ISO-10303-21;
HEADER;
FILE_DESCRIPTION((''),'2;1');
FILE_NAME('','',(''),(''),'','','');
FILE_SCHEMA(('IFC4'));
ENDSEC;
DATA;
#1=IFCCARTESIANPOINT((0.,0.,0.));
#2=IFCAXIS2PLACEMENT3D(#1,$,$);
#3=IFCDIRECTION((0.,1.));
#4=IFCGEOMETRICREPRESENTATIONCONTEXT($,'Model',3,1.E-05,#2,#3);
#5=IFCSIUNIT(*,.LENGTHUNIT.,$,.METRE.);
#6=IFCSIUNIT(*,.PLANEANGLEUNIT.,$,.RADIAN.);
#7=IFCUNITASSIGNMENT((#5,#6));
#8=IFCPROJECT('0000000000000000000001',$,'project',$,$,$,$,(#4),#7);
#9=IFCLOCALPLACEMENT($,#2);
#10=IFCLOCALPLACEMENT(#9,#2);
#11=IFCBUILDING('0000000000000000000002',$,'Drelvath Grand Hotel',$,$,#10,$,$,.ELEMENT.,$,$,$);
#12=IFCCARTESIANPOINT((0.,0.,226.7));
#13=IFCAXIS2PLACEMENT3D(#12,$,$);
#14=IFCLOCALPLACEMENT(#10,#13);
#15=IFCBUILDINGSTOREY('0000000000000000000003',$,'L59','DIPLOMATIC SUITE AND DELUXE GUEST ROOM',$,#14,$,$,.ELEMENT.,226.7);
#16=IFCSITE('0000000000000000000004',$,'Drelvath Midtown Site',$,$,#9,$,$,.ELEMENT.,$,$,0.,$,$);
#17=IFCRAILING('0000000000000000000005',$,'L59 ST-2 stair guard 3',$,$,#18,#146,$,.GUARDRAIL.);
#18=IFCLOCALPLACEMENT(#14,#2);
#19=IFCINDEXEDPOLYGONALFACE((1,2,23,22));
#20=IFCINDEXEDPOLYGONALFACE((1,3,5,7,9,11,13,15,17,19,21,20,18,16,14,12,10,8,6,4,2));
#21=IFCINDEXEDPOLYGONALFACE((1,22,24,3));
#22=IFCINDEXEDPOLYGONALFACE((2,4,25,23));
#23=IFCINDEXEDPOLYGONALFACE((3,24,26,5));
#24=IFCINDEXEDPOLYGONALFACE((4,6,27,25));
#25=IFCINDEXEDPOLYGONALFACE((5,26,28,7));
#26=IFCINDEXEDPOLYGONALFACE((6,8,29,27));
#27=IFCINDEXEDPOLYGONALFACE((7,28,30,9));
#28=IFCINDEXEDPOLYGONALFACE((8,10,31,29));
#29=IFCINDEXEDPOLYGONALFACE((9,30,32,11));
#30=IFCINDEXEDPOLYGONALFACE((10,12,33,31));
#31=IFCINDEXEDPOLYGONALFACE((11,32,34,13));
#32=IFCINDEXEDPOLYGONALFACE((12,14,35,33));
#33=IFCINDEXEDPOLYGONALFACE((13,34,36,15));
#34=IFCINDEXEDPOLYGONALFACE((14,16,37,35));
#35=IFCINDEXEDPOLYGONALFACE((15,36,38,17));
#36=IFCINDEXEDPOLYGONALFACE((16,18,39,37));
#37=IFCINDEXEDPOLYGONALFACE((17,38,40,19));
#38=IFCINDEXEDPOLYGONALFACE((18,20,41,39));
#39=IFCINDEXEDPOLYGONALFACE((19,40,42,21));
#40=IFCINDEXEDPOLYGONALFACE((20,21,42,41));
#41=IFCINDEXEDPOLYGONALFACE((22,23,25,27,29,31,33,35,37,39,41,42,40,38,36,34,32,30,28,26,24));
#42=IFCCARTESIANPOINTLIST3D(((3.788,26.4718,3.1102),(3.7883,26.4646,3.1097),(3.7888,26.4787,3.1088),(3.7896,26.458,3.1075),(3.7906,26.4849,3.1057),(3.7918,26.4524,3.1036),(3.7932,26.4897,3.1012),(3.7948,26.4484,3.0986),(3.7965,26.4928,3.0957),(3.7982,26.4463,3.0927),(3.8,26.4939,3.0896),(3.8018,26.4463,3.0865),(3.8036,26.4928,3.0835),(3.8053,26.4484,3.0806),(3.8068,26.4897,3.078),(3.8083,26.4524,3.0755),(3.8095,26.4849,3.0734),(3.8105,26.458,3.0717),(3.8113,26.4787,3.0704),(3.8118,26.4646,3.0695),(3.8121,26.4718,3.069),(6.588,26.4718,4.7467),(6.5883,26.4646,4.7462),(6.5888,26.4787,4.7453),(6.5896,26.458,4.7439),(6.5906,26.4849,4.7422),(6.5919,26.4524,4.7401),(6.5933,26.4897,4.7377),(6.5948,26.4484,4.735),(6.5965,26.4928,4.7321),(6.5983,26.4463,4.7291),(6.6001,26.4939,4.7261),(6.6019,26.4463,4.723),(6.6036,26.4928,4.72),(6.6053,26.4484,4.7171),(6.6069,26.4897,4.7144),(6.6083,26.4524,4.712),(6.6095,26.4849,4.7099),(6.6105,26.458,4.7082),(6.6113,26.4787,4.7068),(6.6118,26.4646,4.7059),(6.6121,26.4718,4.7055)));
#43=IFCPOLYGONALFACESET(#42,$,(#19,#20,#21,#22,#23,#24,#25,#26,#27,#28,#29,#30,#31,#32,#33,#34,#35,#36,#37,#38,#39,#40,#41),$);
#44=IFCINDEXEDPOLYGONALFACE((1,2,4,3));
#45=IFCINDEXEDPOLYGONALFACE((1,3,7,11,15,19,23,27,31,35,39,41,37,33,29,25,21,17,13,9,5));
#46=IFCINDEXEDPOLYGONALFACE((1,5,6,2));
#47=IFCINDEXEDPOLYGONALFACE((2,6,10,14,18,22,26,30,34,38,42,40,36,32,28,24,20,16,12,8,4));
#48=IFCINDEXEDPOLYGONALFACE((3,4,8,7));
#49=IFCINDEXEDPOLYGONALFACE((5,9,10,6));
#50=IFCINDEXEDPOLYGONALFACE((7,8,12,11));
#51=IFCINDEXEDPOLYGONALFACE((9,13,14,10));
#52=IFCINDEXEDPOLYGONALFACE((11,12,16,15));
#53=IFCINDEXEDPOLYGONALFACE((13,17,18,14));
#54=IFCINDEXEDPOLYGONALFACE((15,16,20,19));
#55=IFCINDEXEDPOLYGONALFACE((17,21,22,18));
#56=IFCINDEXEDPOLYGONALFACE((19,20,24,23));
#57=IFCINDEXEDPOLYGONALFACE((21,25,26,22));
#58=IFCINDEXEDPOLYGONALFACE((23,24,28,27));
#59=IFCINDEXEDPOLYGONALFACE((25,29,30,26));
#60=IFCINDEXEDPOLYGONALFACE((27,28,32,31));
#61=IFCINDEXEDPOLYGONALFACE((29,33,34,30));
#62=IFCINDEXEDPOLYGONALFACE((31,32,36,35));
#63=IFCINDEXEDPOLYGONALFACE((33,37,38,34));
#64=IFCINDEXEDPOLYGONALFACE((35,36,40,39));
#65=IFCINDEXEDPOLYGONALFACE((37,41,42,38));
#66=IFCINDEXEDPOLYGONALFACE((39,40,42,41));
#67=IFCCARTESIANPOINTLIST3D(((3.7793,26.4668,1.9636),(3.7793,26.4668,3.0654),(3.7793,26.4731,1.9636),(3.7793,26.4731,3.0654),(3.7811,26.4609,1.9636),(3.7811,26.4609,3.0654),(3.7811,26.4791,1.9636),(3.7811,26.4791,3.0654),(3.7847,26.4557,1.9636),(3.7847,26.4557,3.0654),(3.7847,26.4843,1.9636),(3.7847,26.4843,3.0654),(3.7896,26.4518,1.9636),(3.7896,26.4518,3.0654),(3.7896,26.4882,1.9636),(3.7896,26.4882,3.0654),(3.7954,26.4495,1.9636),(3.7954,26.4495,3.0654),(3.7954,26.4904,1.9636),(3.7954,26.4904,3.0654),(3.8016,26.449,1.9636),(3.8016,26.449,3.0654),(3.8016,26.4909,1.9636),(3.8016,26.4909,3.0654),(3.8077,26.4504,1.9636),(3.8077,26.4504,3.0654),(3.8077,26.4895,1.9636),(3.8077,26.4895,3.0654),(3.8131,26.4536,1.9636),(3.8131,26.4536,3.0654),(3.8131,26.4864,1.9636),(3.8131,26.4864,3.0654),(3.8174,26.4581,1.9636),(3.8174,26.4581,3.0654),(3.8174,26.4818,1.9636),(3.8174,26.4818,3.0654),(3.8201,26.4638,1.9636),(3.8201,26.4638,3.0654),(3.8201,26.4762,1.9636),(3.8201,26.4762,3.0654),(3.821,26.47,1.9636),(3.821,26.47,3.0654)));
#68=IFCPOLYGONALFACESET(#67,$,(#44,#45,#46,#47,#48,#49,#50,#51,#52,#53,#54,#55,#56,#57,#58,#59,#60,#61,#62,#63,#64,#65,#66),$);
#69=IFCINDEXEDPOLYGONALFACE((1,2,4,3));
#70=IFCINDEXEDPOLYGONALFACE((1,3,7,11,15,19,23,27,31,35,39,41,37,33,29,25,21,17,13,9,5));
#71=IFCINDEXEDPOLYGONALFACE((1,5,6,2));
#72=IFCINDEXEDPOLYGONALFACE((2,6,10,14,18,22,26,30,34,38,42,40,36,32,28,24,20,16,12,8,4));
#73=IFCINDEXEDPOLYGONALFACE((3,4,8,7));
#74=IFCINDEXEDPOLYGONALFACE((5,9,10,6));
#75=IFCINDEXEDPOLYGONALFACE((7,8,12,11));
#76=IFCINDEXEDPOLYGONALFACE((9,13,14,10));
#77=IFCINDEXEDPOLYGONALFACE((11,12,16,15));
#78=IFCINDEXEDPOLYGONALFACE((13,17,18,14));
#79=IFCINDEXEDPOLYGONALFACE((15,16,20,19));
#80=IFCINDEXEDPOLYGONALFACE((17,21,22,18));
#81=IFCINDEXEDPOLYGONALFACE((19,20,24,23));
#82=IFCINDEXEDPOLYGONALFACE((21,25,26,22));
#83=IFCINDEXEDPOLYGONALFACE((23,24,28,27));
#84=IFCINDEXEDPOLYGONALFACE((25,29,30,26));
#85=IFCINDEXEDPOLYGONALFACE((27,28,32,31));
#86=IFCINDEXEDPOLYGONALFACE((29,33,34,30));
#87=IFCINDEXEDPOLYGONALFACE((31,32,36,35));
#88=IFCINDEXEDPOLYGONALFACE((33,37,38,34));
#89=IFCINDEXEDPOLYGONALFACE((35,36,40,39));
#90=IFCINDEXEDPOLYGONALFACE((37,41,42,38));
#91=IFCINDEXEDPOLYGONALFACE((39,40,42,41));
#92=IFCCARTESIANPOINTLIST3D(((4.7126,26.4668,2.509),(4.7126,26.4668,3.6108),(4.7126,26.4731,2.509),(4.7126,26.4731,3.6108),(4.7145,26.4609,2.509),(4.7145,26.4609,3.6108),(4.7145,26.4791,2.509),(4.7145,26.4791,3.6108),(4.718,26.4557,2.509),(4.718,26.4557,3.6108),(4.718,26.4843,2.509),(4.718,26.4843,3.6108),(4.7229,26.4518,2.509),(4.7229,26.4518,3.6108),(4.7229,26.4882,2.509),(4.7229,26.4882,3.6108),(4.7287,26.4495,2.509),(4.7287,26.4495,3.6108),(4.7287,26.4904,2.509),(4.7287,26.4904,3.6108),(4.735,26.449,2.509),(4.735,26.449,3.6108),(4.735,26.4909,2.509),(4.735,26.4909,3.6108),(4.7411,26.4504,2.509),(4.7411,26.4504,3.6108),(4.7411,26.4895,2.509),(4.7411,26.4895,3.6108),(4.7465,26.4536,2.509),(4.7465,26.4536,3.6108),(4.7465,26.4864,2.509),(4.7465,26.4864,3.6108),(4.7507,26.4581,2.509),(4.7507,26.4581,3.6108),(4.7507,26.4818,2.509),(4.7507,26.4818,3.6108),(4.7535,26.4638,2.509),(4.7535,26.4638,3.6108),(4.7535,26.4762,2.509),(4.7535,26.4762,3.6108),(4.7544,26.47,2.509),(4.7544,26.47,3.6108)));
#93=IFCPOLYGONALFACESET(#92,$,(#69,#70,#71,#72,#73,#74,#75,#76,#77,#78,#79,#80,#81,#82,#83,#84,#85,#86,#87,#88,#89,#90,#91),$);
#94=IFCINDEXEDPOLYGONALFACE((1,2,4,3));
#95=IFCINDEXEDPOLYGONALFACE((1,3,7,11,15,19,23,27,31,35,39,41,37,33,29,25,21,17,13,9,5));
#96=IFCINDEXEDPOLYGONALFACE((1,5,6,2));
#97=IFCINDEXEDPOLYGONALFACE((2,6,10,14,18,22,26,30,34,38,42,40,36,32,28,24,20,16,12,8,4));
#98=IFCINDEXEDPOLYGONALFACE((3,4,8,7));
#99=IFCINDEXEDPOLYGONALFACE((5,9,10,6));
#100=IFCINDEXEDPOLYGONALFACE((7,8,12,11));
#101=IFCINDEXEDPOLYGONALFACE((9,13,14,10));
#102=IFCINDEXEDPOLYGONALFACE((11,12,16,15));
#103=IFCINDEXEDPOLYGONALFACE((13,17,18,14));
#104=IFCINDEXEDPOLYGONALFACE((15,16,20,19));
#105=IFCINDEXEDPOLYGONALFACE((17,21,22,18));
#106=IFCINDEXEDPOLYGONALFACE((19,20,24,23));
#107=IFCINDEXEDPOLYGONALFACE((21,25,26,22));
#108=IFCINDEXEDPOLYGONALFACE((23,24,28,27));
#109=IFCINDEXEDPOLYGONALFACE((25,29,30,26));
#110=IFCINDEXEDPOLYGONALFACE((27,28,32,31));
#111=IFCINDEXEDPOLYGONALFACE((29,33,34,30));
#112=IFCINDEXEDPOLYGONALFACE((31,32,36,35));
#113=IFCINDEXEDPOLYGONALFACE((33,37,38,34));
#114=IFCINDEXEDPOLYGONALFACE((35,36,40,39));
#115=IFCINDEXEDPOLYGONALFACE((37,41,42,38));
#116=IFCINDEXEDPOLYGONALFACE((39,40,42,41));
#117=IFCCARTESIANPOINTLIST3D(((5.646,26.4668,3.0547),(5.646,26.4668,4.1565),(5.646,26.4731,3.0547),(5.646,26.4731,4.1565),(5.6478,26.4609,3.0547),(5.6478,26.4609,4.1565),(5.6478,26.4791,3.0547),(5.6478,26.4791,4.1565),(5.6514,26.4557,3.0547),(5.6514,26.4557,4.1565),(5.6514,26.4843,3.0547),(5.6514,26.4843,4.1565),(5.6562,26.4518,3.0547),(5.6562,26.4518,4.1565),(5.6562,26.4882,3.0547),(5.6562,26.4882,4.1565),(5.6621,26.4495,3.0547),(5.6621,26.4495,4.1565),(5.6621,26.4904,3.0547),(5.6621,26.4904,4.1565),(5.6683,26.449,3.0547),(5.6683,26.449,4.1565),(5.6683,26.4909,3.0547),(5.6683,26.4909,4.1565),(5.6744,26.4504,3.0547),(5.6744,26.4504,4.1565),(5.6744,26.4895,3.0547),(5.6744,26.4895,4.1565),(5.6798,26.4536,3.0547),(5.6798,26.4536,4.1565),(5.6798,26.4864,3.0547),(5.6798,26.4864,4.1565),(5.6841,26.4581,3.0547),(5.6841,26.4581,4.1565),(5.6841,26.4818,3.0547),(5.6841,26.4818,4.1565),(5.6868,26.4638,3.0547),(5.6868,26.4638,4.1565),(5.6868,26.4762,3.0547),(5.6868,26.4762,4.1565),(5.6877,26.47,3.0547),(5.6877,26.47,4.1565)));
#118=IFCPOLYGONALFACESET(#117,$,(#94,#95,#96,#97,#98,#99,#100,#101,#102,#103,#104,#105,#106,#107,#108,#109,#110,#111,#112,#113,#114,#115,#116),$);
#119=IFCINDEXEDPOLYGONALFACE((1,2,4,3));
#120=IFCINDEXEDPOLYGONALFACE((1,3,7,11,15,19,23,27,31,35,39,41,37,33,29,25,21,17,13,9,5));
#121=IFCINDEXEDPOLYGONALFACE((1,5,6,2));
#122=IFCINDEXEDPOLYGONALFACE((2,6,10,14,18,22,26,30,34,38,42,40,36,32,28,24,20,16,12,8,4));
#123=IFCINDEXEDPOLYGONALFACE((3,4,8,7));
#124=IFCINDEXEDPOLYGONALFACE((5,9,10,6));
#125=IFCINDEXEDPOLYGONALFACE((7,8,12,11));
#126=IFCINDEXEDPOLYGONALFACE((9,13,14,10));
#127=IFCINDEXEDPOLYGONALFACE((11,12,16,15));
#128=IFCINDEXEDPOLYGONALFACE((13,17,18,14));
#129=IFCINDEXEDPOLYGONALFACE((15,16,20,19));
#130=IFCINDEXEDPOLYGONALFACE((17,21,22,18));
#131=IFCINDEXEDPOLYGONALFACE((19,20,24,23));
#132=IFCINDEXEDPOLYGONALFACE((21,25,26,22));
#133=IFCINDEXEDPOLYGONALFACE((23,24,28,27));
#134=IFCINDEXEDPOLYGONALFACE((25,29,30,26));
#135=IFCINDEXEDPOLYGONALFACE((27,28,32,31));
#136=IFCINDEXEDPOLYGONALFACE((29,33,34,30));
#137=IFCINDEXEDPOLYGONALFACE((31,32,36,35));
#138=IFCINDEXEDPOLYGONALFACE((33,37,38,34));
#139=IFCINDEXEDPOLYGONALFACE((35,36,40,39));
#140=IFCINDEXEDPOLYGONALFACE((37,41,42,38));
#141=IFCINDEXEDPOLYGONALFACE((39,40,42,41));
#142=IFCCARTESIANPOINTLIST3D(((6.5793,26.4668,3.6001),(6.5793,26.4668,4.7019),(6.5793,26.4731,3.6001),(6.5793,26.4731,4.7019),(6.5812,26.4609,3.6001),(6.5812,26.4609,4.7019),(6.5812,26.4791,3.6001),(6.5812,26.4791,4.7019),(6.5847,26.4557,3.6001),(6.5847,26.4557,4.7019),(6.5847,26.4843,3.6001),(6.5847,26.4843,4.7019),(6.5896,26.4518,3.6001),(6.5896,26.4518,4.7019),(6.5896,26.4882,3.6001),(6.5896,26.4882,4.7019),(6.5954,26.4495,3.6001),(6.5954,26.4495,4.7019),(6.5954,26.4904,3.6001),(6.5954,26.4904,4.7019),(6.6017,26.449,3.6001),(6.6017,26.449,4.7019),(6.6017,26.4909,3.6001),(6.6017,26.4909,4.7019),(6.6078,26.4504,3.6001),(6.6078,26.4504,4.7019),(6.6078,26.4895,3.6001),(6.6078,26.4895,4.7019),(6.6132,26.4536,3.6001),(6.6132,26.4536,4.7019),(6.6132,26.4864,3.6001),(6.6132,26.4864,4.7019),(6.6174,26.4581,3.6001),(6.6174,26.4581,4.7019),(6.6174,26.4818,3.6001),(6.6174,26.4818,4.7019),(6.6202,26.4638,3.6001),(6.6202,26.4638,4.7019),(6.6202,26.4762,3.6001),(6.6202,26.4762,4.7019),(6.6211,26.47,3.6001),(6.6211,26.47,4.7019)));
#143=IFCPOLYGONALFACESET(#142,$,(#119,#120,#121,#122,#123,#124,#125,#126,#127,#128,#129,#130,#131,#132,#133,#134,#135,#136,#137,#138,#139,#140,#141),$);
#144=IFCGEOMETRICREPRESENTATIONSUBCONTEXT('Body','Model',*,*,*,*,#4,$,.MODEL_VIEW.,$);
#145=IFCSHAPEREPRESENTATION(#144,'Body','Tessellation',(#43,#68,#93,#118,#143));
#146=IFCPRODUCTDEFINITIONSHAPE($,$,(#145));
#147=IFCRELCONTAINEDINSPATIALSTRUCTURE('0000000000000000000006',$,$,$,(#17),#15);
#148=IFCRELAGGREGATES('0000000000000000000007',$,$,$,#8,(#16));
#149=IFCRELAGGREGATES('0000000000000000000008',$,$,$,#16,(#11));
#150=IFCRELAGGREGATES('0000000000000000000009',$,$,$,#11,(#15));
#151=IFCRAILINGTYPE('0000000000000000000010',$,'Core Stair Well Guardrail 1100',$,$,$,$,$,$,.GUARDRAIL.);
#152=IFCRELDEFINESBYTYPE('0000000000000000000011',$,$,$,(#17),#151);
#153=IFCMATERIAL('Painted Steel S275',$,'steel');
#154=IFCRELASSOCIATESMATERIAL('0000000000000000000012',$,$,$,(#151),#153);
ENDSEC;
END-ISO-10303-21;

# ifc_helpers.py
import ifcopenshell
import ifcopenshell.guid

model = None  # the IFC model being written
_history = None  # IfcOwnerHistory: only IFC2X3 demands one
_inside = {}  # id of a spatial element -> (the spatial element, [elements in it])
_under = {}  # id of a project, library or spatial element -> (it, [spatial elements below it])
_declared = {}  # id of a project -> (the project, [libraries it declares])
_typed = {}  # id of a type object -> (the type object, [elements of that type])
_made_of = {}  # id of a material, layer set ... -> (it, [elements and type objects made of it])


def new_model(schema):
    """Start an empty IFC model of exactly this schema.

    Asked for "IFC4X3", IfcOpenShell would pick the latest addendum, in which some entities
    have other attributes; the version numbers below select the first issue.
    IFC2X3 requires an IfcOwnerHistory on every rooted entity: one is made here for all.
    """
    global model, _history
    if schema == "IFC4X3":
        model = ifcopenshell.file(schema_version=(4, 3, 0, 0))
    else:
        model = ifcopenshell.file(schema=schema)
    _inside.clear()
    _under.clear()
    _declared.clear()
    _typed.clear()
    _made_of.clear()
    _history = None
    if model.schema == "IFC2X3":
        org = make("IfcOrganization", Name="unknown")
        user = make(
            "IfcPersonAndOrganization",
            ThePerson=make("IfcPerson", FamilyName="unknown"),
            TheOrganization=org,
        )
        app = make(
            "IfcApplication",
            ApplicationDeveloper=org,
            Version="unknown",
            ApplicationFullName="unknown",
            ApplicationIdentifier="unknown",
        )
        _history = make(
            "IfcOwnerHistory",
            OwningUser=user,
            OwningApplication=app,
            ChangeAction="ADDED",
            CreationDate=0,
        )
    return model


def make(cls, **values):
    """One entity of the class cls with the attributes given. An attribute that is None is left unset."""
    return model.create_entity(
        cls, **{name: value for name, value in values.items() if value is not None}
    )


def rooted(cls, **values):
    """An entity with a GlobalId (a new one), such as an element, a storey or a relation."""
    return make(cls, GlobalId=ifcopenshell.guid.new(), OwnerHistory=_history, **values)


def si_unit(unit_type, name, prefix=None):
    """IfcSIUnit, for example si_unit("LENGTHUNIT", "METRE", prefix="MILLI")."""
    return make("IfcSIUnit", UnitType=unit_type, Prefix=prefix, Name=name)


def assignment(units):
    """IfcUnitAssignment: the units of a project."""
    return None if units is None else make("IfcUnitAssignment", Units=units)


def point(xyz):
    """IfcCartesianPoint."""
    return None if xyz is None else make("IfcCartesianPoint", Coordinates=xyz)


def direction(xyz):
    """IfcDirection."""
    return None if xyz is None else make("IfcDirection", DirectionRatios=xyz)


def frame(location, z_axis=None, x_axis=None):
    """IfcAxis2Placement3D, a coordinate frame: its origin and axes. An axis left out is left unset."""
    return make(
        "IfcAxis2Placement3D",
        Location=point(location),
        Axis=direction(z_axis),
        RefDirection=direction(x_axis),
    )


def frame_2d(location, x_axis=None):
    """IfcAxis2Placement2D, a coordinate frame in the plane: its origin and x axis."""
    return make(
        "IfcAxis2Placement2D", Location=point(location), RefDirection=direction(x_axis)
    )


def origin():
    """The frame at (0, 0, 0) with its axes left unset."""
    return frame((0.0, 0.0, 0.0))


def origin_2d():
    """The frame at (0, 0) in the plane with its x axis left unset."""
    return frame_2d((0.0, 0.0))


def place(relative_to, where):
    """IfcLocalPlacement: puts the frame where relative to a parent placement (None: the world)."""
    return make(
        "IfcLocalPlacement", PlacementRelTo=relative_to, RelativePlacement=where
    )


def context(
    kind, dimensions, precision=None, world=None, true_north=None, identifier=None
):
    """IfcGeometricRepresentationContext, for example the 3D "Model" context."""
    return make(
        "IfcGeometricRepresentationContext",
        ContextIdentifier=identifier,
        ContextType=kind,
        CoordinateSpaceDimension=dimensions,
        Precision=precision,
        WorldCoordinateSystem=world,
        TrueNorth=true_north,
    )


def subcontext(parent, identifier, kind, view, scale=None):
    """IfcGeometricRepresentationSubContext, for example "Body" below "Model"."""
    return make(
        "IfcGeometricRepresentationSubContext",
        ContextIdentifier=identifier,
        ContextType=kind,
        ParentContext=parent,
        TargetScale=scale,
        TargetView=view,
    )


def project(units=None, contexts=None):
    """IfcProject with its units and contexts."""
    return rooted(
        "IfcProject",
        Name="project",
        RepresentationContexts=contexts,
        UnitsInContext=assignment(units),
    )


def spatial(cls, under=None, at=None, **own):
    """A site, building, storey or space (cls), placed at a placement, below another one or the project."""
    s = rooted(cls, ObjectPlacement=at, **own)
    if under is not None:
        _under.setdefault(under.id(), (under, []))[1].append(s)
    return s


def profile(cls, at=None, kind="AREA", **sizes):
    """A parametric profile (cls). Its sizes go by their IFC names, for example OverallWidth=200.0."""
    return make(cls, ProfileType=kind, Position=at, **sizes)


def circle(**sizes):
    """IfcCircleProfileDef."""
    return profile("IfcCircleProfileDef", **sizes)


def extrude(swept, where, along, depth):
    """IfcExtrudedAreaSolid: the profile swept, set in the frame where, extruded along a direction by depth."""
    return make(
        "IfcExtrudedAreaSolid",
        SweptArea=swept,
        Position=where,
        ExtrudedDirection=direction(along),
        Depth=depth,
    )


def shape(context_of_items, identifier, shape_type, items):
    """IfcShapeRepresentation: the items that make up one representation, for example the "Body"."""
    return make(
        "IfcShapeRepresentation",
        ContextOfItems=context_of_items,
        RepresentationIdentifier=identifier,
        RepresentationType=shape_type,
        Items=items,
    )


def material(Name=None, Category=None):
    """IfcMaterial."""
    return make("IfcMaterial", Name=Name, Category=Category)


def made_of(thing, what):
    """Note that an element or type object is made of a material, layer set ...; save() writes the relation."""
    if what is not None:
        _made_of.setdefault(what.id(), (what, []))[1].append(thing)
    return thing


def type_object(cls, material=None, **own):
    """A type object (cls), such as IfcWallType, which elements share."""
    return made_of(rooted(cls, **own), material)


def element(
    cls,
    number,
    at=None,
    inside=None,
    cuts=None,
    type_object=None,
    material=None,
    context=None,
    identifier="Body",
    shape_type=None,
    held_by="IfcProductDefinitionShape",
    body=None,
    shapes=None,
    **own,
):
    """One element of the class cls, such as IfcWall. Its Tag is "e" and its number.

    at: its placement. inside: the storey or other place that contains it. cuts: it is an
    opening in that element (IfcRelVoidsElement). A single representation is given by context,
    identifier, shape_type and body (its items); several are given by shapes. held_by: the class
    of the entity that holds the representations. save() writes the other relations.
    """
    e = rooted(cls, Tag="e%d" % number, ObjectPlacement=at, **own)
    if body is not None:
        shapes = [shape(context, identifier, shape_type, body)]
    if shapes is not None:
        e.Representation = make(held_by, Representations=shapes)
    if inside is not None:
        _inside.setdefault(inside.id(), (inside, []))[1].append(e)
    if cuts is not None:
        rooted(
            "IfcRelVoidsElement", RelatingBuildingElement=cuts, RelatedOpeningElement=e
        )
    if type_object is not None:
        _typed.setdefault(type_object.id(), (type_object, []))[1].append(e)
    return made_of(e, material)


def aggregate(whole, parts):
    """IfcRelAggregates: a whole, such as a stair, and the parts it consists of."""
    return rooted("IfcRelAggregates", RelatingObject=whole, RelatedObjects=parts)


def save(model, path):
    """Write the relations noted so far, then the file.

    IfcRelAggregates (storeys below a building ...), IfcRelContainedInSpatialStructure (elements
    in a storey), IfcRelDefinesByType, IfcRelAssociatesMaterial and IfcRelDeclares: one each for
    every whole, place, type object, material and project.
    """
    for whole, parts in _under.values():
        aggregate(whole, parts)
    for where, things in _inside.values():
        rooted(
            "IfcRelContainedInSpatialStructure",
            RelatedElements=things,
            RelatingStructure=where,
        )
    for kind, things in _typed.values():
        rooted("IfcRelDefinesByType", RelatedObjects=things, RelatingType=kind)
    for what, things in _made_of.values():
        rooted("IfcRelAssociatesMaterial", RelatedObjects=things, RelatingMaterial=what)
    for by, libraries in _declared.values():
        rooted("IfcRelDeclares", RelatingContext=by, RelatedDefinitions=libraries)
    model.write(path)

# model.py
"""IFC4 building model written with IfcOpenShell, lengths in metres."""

from ifc_helpers import new_model, si_unit, direction, frame, origin, origin_2d, place, context, subcontext, project, spatial, circle, extrude, material, type_object, element, save


model = new_model("IFC4")

# Units and contexts
model_context = context("Model", 3, precision=1e-05, world=origin(), true_north=direction((0.0, 1.0)))
body_context = subcontext(model_context, "Body", "Model", "MODEL_VIEW")
ifc_project = project(units=[si_unit("LENGTHUNIT", "METRE"), si_unit("PLANEANGLEUNIT", "RADIAN")], contexts=[model_context])

# Site, building, storey
site_placement = place(None, origin())
site = spatial("IfcSite", under=ifc_project, at=site_placement, Name="Drelvath Midtown Site", CompositionType="ELEMENT", RefElevation=0.0)
building_placement = place(site_placement, origin())
building = spatial("IfcBuilding", under=site, at=building_placement, Name="Drelvath Grand Hotel", CompositionType="ELEMENT")
storey_placement = place(building_placement, frame((0.0, 0.0, 226.7)))
storey = spatial("IfcBuildingStorey", under=building, at=storey_placement, Name="L59", Description="DIPLOMATIC SUITE AND DELUXE GUEST ROOM", CompositionType="ELEMENT", Elevation=226.7)

# Railing
ifc_material_1 = material(Name="Painted Steel S275", Category="steel")
railing_type_1 = type_object("IfcRailingType", Name="Core Stair Well Guardrail 1100", PredefinedType="GUARDRAIL", material=ifc_material_1)
railing_1_placement = place(storey_placement, frame((3.8, 26.47, 1.9636)))
element("IfcRailing", 1, at=railing_1_placement, inside=storey, type_object=railing_type_1, Name="L59 ST-2 stair guard 3", PredefinedType="GUARDRAIL", context=body_context, shape_type="SweptSolid", body=[
    extrude(circle(Radius=0.0239, at=origin_2d()), frame((0.0, 0.0, 1.126), z_axis=(0.863361, 0.0, 0.504587), x_axis=(0.0, 1.0, 0.0)), (0.0, 0.0, 1.0), 3.2432),
    extrude(circle(Radius=0.021, at=origin_2d()), origin(), (0.0, 0.0, 1.0), 1.1018),
    extrude(circle(Radius=0.021, at=origin_2d()), frame((0.9333, 0.0, 0.5454)), (0.0, 0.0, 1.0), 1.1018),
    extrude(circle(Radius=0.021, at=origin_2d()), frame((1.8667, 0.0, 1.0911)), (0.0, 0.0, 1.0), 1.1018),
    extrude(circle(Radius=0.021, at=origin_2d()), frame((2.8, 0.0, 1.6365)), (0.0, 0.0, 1.0), 1.1018),
])

save(model, "model.ifc")
